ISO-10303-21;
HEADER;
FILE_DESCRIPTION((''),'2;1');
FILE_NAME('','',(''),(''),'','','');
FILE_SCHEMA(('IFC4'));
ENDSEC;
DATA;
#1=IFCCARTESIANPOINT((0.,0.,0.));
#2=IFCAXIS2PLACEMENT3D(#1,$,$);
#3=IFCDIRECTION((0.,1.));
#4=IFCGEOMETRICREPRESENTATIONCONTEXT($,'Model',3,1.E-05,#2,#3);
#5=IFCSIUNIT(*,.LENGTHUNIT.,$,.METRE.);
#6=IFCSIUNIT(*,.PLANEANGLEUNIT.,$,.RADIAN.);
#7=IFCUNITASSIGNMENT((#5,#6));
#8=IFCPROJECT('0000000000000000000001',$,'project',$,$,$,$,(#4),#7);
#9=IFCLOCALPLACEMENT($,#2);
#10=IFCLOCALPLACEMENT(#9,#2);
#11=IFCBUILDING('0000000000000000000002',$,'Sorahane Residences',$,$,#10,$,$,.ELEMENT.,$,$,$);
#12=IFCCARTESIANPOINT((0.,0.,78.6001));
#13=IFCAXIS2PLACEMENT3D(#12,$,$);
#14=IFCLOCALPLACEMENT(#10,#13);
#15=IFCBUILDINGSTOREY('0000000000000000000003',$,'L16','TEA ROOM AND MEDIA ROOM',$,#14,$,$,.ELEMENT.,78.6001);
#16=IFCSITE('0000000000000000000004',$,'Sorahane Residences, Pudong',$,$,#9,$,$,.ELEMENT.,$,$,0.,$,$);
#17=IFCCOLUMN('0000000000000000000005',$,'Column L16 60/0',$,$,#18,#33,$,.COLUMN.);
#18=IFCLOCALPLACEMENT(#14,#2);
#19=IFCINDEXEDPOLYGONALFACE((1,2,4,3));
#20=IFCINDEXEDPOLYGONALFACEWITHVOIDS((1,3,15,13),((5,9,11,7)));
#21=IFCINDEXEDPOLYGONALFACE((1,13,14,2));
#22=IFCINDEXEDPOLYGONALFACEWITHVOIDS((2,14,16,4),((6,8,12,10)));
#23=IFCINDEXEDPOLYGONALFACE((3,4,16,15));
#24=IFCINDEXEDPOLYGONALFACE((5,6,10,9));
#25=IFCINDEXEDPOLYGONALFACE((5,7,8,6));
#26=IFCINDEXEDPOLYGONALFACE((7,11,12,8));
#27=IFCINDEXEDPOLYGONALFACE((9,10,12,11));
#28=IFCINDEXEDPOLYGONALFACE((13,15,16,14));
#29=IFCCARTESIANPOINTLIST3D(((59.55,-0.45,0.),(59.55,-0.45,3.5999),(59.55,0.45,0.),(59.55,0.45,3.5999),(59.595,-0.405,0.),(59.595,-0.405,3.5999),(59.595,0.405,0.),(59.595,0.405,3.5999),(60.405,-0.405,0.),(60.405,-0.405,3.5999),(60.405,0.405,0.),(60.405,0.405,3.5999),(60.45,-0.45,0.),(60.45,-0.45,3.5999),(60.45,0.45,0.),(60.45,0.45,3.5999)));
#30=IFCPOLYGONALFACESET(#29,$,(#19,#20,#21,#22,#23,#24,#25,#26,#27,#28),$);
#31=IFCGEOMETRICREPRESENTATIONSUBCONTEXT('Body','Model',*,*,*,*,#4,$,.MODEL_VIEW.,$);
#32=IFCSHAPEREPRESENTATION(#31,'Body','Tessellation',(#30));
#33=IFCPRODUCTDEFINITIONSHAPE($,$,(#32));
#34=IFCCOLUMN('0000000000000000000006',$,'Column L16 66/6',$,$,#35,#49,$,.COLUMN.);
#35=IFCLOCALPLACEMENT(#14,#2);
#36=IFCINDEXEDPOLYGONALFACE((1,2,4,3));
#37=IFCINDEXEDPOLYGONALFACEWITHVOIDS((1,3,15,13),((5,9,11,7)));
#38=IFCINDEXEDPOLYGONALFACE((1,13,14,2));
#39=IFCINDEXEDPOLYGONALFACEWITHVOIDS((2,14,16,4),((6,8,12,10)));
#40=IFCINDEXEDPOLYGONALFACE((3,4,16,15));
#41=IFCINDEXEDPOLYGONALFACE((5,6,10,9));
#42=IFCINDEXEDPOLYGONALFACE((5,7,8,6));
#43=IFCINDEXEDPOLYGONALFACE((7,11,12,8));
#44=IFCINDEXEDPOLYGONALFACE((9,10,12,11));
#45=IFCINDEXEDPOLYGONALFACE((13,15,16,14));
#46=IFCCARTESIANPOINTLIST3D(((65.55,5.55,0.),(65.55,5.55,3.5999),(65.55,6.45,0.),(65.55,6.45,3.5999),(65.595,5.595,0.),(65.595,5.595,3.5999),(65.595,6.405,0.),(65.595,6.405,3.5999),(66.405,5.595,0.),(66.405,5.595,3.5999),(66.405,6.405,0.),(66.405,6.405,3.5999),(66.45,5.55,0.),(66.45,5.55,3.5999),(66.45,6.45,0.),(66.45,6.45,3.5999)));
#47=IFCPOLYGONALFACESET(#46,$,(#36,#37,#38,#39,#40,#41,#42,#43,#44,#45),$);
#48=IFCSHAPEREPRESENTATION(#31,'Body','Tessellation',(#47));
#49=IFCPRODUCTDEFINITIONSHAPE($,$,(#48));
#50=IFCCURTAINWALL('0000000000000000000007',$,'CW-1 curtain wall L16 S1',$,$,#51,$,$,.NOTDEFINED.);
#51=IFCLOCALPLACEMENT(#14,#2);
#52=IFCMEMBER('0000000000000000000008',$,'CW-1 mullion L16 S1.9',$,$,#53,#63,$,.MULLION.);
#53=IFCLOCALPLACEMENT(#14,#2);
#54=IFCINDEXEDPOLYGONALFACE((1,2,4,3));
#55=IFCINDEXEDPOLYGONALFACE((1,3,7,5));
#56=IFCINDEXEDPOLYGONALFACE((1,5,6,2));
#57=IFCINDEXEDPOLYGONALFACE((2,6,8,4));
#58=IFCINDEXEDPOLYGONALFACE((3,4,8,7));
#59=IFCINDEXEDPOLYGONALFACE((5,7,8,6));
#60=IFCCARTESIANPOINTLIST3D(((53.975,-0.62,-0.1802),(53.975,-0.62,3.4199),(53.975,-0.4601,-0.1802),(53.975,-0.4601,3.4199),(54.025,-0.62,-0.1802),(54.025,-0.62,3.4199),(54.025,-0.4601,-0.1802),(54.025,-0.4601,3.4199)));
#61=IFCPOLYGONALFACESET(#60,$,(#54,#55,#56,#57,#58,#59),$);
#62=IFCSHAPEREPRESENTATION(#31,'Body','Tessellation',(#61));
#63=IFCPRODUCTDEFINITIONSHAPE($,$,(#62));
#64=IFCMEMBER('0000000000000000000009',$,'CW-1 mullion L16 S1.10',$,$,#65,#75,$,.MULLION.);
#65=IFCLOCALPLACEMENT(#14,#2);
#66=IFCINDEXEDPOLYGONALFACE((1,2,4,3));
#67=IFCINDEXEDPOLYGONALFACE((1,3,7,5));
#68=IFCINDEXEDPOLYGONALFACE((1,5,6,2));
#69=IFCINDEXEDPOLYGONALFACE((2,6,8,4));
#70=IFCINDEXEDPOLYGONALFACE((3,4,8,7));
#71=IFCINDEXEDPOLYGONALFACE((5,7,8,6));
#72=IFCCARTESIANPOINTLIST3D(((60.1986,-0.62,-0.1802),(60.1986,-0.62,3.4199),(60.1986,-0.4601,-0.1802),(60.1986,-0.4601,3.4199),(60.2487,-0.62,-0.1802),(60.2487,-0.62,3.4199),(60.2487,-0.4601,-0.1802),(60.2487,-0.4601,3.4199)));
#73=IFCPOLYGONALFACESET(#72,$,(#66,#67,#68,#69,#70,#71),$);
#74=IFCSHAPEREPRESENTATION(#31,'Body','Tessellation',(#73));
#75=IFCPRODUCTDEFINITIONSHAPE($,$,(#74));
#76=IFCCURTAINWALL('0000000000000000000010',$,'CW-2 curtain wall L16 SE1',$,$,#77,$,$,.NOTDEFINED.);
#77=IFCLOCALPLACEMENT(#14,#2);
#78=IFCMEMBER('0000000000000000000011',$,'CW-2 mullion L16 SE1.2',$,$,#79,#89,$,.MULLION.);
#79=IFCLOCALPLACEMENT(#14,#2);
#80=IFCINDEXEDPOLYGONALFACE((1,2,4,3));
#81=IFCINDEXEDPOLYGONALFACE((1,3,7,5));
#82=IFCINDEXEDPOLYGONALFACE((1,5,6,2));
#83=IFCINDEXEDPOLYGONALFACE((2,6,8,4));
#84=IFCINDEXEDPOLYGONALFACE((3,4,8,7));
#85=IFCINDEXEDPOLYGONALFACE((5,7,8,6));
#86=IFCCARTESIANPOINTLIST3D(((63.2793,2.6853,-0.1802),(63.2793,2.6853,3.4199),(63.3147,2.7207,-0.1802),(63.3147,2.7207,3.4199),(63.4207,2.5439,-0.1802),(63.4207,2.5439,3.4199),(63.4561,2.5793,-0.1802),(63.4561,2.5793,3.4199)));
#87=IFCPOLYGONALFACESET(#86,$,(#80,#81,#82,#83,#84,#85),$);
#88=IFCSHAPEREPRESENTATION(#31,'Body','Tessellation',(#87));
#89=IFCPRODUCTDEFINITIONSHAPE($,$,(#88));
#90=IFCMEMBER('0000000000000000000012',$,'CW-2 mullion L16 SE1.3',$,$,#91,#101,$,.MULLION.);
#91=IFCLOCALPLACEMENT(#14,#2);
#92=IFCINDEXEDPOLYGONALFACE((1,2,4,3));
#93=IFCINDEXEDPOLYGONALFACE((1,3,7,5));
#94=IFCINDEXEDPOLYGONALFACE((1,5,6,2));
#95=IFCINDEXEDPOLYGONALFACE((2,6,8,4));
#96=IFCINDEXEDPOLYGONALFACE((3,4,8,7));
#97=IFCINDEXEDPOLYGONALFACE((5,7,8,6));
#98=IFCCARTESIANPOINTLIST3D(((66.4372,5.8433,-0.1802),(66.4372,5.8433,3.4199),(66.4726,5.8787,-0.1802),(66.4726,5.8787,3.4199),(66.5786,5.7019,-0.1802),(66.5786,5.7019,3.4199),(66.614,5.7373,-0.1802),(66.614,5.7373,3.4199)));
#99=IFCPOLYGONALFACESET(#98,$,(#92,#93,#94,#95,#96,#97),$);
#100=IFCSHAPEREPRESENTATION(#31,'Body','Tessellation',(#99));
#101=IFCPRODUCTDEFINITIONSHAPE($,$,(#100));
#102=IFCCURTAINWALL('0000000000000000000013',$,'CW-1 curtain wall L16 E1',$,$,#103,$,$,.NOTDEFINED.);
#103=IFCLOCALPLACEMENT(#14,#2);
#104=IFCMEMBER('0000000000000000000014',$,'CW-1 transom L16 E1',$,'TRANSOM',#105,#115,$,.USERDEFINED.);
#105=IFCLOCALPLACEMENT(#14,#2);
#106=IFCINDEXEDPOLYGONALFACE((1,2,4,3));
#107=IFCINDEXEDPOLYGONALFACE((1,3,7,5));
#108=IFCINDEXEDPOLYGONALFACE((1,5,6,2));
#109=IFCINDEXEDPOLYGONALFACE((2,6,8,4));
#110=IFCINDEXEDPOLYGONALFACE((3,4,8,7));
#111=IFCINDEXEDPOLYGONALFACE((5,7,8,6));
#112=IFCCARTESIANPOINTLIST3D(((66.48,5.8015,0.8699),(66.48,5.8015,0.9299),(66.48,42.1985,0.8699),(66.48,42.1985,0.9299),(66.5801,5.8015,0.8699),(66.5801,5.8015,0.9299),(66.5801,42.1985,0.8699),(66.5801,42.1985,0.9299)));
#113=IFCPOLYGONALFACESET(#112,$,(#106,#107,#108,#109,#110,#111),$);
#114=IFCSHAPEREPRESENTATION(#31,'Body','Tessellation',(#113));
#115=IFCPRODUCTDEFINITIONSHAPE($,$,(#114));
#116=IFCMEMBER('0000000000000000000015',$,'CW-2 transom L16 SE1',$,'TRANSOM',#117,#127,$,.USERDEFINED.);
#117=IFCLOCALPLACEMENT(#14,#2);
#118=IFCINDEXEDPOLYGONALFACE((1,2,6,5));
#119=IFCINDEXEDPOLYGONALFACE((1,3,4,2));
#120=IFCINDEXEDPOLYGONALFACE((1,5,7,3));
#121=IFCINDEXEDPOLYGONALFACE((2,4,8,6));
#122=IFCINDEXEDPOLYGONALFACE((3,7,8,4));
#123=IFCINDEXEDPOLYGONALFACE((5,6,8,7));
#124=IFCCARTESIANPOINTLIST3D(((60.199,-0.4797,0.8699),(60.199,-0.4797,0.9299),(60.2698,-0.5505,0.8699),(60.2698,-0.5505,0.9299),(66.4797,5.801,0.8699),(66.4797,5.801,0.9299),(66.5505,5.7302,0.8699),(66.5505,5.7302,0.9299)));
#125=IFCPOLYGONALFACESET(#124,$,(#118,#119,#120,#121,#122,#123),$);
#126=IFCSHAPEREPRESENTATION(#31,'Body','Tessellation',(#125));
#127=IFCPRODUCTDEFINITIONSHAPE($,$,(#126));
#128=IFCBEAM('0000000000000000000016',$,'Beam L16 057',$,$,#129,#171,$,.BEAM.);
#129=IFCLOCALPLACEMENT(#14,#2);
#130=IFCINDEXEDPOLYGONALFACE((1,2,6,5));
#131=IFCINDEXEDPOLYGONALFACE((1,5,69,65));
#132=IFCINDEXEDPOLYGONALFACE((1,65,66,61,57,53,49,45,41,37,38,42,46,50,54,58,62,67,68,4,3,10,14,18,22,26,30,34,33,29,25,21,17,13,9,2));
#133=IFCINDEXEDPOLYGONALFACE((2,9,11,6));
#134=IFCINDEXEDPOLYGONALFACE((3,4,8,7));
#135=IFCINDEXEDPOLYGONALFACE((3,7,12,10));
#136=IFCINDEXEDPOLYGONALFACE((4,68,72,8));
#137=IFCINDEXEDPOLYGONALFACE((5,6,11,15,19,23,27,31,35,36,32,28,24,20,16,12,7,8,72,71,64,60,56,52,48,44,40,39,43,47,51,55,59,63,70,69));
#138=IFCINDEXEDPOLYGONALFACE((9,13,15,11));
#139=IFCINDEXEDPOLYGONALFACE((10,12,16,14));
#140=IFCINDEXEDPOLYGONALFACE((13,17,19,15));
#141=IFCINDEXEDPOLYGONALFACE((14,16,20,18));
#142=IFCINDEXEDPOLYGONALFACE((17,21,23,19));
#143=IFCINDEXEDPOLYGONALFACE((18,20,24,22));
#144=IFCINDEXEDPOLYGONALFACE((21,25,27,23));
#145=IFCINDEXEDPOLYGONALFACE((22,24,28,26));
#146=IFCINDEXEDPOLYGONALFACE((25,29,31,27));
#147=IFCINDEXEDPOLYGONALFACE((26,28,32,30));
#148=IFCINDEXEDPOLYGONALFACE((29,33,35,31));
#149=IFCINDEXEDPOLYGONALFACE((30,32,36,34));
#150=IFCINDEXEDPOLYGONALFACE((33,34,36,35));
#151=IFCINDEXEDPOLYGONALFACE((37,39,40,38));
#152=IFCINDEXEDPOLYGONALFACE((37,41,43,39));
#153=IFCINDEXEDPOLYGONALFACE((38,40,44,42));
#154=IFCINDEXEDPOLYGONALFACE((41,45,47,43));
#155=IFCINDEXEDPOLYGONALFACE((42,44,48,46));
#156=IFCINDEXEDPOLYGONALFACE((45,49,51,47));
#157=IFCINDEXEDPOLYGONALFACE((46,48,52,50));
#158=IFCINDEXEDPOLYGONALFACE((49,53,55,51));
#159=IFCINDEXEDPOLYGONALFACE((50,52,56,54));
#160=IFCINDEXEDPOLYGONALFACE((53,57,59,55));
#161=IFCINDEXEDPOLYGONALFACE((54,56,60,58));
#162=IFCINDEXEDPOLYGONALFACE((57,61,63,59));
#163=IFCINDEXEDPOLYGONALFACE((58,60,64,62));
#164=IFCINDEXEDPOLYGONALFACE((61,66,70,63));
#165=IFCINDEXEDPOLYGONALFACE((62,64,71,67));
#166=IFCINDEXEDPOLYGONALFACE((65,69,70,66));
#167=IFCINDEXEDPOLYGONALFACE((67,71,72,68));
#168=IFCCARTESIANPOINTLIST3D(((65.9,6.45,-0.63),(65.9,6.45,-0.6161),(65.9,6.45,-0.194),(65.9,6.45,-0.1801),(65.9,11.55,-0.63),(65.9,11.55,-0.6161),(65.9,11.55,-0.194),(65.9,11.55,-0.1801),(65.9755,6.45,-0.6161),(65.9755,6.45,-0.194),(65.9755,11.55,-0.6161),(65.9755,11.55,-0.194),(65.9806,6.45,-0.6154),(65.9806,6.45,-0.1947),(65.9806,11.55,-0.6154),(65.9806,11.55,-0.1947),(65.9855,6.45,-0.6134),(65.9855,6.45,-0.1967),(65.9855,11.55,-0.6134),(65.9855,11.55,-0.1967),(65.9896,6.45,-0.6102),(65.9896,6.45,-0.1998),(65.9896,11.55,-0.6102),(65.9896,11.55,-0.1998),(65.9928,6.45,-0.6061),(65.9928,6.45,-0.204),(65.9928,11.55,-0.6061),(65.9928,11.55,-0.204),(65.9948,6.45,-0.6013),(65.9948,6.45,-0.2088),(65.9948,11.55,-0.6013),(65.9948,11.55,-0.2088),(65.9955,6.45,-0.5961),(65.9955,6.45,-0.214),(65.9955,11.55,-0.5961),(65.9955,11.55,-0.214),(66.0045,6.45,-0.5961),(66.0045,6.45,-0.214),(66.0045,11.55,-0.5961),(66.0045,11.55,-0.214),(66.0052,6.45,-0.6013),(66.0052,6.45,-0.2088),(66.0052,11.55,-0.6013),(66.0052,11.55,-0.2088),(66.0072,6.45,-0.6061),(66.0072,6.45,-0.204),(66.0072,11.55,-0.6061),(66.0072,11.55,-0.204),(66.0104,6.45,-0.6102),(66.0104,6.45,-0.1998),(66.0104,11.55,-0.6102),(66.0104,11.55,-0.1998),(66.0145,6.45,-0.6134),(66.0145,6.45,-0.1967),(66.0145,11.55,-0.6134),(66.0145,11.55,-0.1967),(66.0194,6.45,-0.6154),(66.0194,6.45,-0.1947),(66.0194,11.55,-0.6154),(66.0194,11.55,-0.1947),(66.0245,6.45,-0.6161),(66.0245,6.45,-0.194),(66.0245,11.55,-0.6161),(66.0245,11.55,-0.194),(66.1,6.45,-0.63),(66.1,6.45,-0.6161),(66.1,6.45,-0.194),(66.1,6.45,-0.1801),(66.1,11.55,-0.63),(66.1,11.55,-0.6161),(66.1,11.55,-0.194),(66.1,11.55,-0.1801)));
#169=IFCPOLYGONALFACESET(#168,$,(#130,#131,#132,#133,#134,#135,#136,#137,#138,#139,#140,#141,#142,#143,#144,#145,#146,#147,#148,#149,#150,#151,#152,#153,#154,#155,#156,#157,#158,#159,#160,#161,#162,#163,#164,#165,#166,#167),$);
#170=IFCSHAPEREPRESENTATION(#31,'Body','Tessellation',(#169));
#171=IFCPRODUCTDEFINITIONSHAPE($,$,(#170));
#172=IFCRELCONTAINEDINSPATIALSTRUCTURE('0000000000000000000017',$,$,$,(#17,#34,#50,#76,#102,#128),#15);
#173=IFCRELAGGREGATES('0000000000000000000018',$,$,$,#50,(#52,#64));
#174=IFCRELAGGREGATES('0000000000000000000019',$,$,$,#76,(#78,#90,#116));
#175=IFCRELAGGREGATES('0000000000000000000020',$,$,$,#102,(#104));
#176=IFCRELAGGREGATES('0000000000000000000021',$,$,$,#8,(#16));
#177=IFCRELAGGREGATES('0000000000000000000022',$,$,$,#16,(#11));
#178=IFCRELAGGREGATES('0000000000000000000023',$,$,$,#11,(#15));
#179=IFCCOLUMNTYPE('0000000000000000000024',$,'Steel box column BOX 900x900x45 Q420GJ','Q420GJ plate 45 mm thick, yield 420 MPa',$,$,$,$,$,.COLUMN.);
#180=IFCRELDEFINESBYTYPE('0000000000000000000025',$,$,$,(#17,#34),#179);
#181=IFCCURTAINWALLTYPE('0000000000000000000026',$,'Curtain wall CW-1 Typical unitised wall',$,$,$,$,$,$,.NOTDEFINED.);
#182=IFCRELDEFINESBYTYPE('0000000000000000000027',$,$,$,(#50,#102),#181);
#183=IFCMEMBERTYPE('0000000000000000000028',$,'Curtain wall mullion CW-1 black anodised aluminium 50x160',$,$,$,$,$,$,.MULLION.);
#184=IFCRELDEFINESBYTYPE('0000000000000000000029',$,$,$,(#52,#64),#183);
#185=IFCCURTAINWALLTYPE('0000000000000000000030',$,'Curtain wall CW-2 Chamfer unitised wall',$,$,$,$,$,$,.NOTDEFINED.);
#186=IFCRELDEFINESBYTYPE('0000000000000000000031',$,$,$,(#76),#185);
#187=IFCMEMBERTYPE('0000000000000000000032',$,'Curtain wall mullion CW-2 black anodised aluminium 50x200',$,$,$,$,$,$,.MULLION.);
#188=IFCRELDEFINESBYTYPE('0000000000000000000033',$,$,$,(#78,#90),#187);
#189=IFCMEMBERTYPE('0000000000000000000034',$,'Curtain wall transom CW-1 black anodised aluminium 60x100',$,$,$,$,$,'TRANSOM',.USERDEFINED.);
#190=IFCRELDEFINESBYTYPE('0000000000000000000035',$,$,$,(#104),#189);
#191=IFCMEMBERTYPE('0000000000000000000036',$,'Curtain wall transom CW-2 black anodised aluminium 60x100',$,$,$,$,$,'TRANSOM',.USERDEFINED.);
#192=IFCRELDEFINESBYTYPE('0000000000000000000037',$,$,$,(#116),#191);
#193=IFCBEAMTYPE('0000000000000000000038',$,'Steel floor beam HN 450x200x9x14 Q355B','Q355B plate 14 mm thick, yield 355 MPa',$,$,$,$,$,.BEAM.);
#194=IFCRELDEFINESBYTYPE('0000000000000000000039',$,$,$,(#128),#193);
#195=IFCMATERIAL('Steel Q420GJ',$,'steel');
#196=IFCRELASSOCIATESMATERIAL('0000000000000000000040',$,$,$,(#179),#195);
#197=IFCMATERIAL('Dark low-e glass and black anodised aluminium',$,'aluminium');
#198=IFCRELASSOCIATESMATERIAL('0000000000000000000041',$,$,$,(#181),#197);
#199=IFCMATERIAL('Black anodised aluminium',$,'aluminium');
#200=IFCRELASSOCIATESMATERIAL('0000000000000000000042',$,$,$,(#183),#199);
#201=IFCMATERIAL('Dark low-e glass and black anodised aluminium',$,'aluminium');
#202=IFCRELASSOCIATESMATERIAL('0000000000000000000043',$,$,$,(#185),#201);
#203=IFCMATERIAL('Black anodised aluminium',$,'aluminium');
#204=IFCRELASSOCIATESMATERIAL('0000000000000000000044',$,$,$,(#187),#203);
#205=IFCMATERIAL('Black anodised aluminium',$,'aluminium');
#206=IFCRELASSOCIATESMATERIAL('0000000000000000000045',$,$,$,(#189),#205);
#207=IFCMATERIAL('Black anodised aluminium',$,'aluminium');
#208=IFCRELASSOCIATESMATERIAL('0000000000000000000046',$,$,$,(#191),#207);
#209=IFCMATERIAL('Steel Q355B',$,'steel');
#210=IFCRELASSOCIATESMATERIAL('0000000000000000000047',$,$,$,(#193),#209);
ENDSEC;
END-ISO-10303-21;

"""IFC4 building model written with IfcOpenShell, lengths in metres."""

from ifc_helpers import new_model, si_unit, direction, frame, origin, origin_2d, place, context, subcontext, project, spatial, rectangle, hollow_rectangle, i_section, extrude, material, material_profile, profile_set, type_object, element, aggregate, save


model = new_model("IFC4")

# Units and contexts
model_context = context("Model", 3, precision=1e-05, world=origin(), true_north=direction((0.0, 1.0)))
body_context = subcontext(model_context, "Body", "Model", "MODEL_VIEW")
ifc_project = project(units=[si_unit("LENGTHUNIT", "METRE"), si_unit("PLANEANGLEUNIT", "RADIAN")], contexts=[model_context])

# Site, building, storey
site_placement = place(None, origin())
site = spatial("IfcSite", under=ifc_project, at=site_placement, Name="Sorahane Residences, Pudong", CompositionType="ELEMENT", RefElevation=0.0)
building_placement = place(site_placement, origin())
building = spatial("IfcBuilding", under=site, at=building_placement, Name="Sorahane Residences", CompositionType="ELEMENT")
storey_placement = place(building_placement, frame((0.0, 0.0, 78.6001)))
storey = spatial("IfcBuildingStorey", under=building, at=storey_placement, Name="L16", Description="TEA ROOM AND MEDIA ROOM", CompositionType="ELEMENT", Elevation=78.6001)

# Columns
ifc_material_1 = material(Name="Steel Q420GJ", Category="steel")
ifc_material_profile_1 = material_profile(ifc_material_1, hollow_rectangle(XDim=0.8999, YDim=0.8999, WallThickness=0.0449, at=origin_2d()), Name="BOX 900x900x45")
ifc_profile_set_1 = profile_set([ifc_material_profile_1], Name="Steel Q420GJ")
column_type = type_object("IfcColumnType", Name="Steel box column BOX 900x900x45 Q420GJ", Description="Q420GJ plate 45 mm thick, yield 420 MPa", PredefinedType="COLUMN", material=ifc_profile_set_1)
for number, where, z_axis, x_axis, name in (
    (1, (60.0, 0.0, 0.0), (0.0, 0.0, 1.0), (1.0, 0.0, 0.0), "Column L16 60/0"),
    (2, (66.0, 6.0, 0.0), (0.0, 0.0, 1.0), (1.0, 0.0, 0.0), "Column L16 66/6"),
):
    element("IfcColumn", number, at=place(storey_placement, frame(where, z_axis=z_axis, x_axis=x_axis)), inside=storey, type_object=column_type, Name=name, PredefinedType="COLUMN", context=body_context, shape_type="SweptSolid", body=[
        extrude(hollow_rectangle(XDim=0.8999, YDim=0.8999, WallThickness=0.0449, at=origin_2d()), origin(), (0.0, 0.0, 1.0), 3.5999),
    ])

# Curtain walls, members
ifc_material_2 = material(Name="Dark low-e glass and black anodised aluminium", Category="aluminium")
curtain_wall_type_1 = type_object("IfcCurtainWallType", Name="Curtain wall CW-1 Typical unitised wall", PredefinedType="NOTDEFINED", material=ifc_material_2)
curtain_wall_1_placement = place(storey_placement, origin())
curtain_wall_1 = element("IfcCurtainWall", 3, at=curtain_wall_1_placement, inside=storey, type_object=curtain_wall_type_1, Name="CW-1 curtain wall L16 S1", PredefinedType="NOTDEFINED")
ifc_material_3 = material(Name="Black anodised aluminium", Category="aluminium")
ifc_material_profile_2 = material_profile(ifc_material_3, rectangle(XDim=0.1599, YDim=0.05, at=origin_2d()), Name="Curtain wall mullion CW-1 black anodised aluminium 50x160")
ifc_profile_set_2 = profile_set([ifc_material_profile_2], Name="Black anodised aluminium")
member_type_1 = type_object("IfcMemberType", Name="Curtain wall mullion CW-1 black anodised aluminium 50x160", PredefinedType="MULLION", material=ifc_profile_set_2)
member_1_placement = place(storey_placement, frame((54.0, -0.54, -0.1802), z_axis=(0.0, 0.0, 1.0), x_axis=(0.0, -1.0, 0.0)))
member_1 = element("IfcMember", 4, at=member_1_placement, type_object=member_type_1, Name="CW-1 mullion L16 S1.9", PredefinedType="MULLION", context=body_context, shape_type="SweptSolid", body=[
    extrude(rectangle(XDim=0.1599, YDim=0.05, at=origin_2d()), origin(), (0.0, 0.0, 1.0), 3.6001),
])
member_2_placement = place(storey_placement, frame((60.2236, -0.54, -0.1802), z_axis=(0.0, 0.0, 1.0), x_axis=(0.0, -1.0, 0.0)))
member_2 = element("IfcMember", 5, at=member_2_placement, type_object=member_type_1, Name="CW-1 mullion L16 S1.10", PredefinedType="MULLION", context=body_context, shape_type="SweptSolid", body=[
    extrude(rectangle(XDim=0.1599, YDim=0.05, at=origin_2d()), origin(), (0.0, 0.0, 1.0), 3.6001),
])
ifc_material_4 = material(Name="Dark low-e glass and black anodised aluminium", Category="aluminium")
curtain_wall_type_2 = type_object("IfcCurtainWallType", Name="Curtain wall CW-2 Chamfer unitised wall", PredefinedType="NOTDEFINED", material=ifc_material_4)
curtain_wall_2_placement = place(storey_placement, origin())
curtain_wall_2 = element("IfcCurtainWall", 6, at=curtain_wall_2_placement, inside=storey, type_object=curtain_wall_type_2, Name="CW-2 curtain wall L16 SE1", PredefinedType="NOTDEFINED")
ifc_material_5 = material(Name="Black anodised aluminium", Category="aluminium")
ifc_material_profile_3 = material_profile(ifc_material_5, rectangle(XDim=0.2, YDim=0.05, at=origin_2d()), Name="Curtain wall mullion CW-2 black anodised aluminium 50x200")
ifc_profile_set_3 = profile_set([ifc_material_profile_3], Name="Black anodised aluminium")
member_type_2 = type_object("IfcMemberType", Name="Curtain wall mullion CW-2 black anodised aluminium 50x200", PredefinedType="MULLION", material=ifc_profile_set_3)
member_3_placement = place(storey_placement, frame((63.3677, 2.6323, -0.1802), z_axis=(0.0, 0.0, 1.0), x_axis=(0.707107, -0.707107, 0.0)))
member_3 = element("IfcMember", 7, at=member_3_placement, type_object=member_type_2, Name="CW-2 mullion L16 SE1.2", PredefinedType="MULLION", context=body_context, shape_type="SweptSolid", body=[
    extrude(rectangle(XDim=0.2, YDim=0.05, at=origin_2d()), origin(), (0.0, 0.0, 1.0), 3.6001),
])
member_4_placement = place(storey_placement, frame((66.5256, 5.7903, -0.1802), z_axis=(0.0, 0.0, 1.0), x_axis=(0.707107, -0.707107, 0.0)))
member_4 = element("IfcMember", 8, at=member_4_placement, type_object=member_type_2, Name="CW-2 mullion L16 SE1.3", PredefinedType="MULLION", context=body_context, shape_type="SweptSolid", body=[
    extrude(rectangle(XDim=0.2, YDim=0.05, at=origin_2d()), origin(), (0.0, 0.0, 1.0), 3.6001),
])

# Curtain wall, member
curtain_wall_3_placement = place(storey_placement, origin())
curtain_wall_3 = element("IfcCurtainWall", 9, at=curtain_wall_3_placement, inside=storey, type_object=curtain_wall_type_1, Name="CW-1 curtain wall L16 E1", PredefinedType="NOTDEFINED")
ifc_material_6 = material(Name="Black anodised aluminium", Category="aluminium")
ifc_material_profile_4 = material_profile(ifc_material_6, rectangle(XDim=0.1001, YDim=0.0601, at=origin_2d()), Name="Curtain wall transom CW-1 black anodised aluminium 60x100")
ifc_profile_set_4 = profile_set([ifc_material_profile_4], Name="Black anodised aluminium")
member_type_3 = type_object("IfcMemberType", Name="Curtain wall transom CW-1 black anodised aluminium 60x100", ElementType="TRANSOM", PredefinedType="USERDEFINED", material=ifc_profile_set_4)
member_5_placement = place(storey_placement, frame((66.53, 5.8015, 0.8999), z_axis=(0.0, 1.0, 0.0), x_axis=(-1.0, 0.0, 0.0)))
member_5 = element("IfcMember", 10, at=member_5_placement, type_object=member_type_3, Name="CW-1 transom L16 E1", ObjectType="TRANSOM", PredefinedType="USERDEFINED", context=body_context, shape_type="SweptSolid", body=[
    extrude(rectangle(XDim=0.1001, YDim=0.0601, at=origin_2d()), origin(), (0.0, 0.0, 1.0), 36.397),
])

# Member
ifc_material_7 = material(Name="Black anodised aluminium", Category="aluminium")
ifc_material_profile_5 = material_profile(ifc_material_7, rectangle(XDim=0.1001, YDim=0.0601, at=origin_2d()), Name="Curtain wall transom CW-2 black anodised aluminium 60x100")
ifc_profile_set_5 = profile_set([ifc_material_profile_5], Name="Black anodised aluminium")
member_type_4 = type_object("IfcMemberType", Name="Curtain wall transom CW-2 black anodised aluminium 60x100", ElementType="TRANSOM", PredefinedType="USERDEFINED", material=ifc_profile_set_5)
member_6_placement = place(storey_placement, frame((60.2344, -0.5151, 0.8999), z_axis=(0.707107, 0.707107, 0.0), x_axis=(-0.707107, 0.707107, 0.0)))
member_6 = element("IfcMember", 11, at=member_6_placement, type_object=member_type_4, Name="CW-2 transom L16 SE1", ObjectType="TRANSOM", PredefinedType="USERDEFINED", context=body_context, shape_type="SweptSolid", body=[
    extrude(rectangle(XDim=0.1001, YDim=0.0601, at=origin_2d()), origin(), (0.0, 0.0, 1.0), 8.8823),
])

# Beam
ifc_material_8 = material(Name="Steel Q355B", Category="steel")
ifc_material_profile_6 = material_profile(ifc_material_8, i_section(OverallWidth=0.2, OverallDepth=0.45, WebThickness=0.009, FlangeThickness=0.0139, FilletRadius=0.02, at=origin_2d()), Name="HN 450x200x9x14")
ifc_profile_set_6 = profile_set([ifc_material_profile_6], Name="Steel Q355B")
beam_type_1 = type_object("IfcBeamType", Name="Steel floor beam HN 450x200x9x14 Q355B", Description="Q355B plate 14 mm thick, yield 355 MPa", PredefinedType="BEAM", material=ifc_profile_set_6)
beam_1_placement = place(storey_placement, frame((66.0, 6.45, -0.405), z_axis=(0.0, 1.0, 0.0), x_axis=(-1.0, 0.0, 0.0)))
element("IfcBeam", 12, at=beam_1_placement, inside=storey, type_object=beam_type_1, Name="Beam L16 057", PredefinedType="BEAM", context=body_context, shape_type="SweptSolid", body=[
    extrude(i_section(OverallWidth=0.2, OverallDepth=0.45, WebThickness=0.009, FlangeThickness=0.0139, FilletRadius=0.02, at=origin_2d()), origin(), (0.0, 0.0, 1.0), 5.1001),
])

aggregate(curtain_wall_1, [member_1, member_2])
aggregate(curtain_wall_2, [member_3, member_4, member_6])
aggregate(curtain_wall_3, [member_5])

save(model, "model.ifc")
